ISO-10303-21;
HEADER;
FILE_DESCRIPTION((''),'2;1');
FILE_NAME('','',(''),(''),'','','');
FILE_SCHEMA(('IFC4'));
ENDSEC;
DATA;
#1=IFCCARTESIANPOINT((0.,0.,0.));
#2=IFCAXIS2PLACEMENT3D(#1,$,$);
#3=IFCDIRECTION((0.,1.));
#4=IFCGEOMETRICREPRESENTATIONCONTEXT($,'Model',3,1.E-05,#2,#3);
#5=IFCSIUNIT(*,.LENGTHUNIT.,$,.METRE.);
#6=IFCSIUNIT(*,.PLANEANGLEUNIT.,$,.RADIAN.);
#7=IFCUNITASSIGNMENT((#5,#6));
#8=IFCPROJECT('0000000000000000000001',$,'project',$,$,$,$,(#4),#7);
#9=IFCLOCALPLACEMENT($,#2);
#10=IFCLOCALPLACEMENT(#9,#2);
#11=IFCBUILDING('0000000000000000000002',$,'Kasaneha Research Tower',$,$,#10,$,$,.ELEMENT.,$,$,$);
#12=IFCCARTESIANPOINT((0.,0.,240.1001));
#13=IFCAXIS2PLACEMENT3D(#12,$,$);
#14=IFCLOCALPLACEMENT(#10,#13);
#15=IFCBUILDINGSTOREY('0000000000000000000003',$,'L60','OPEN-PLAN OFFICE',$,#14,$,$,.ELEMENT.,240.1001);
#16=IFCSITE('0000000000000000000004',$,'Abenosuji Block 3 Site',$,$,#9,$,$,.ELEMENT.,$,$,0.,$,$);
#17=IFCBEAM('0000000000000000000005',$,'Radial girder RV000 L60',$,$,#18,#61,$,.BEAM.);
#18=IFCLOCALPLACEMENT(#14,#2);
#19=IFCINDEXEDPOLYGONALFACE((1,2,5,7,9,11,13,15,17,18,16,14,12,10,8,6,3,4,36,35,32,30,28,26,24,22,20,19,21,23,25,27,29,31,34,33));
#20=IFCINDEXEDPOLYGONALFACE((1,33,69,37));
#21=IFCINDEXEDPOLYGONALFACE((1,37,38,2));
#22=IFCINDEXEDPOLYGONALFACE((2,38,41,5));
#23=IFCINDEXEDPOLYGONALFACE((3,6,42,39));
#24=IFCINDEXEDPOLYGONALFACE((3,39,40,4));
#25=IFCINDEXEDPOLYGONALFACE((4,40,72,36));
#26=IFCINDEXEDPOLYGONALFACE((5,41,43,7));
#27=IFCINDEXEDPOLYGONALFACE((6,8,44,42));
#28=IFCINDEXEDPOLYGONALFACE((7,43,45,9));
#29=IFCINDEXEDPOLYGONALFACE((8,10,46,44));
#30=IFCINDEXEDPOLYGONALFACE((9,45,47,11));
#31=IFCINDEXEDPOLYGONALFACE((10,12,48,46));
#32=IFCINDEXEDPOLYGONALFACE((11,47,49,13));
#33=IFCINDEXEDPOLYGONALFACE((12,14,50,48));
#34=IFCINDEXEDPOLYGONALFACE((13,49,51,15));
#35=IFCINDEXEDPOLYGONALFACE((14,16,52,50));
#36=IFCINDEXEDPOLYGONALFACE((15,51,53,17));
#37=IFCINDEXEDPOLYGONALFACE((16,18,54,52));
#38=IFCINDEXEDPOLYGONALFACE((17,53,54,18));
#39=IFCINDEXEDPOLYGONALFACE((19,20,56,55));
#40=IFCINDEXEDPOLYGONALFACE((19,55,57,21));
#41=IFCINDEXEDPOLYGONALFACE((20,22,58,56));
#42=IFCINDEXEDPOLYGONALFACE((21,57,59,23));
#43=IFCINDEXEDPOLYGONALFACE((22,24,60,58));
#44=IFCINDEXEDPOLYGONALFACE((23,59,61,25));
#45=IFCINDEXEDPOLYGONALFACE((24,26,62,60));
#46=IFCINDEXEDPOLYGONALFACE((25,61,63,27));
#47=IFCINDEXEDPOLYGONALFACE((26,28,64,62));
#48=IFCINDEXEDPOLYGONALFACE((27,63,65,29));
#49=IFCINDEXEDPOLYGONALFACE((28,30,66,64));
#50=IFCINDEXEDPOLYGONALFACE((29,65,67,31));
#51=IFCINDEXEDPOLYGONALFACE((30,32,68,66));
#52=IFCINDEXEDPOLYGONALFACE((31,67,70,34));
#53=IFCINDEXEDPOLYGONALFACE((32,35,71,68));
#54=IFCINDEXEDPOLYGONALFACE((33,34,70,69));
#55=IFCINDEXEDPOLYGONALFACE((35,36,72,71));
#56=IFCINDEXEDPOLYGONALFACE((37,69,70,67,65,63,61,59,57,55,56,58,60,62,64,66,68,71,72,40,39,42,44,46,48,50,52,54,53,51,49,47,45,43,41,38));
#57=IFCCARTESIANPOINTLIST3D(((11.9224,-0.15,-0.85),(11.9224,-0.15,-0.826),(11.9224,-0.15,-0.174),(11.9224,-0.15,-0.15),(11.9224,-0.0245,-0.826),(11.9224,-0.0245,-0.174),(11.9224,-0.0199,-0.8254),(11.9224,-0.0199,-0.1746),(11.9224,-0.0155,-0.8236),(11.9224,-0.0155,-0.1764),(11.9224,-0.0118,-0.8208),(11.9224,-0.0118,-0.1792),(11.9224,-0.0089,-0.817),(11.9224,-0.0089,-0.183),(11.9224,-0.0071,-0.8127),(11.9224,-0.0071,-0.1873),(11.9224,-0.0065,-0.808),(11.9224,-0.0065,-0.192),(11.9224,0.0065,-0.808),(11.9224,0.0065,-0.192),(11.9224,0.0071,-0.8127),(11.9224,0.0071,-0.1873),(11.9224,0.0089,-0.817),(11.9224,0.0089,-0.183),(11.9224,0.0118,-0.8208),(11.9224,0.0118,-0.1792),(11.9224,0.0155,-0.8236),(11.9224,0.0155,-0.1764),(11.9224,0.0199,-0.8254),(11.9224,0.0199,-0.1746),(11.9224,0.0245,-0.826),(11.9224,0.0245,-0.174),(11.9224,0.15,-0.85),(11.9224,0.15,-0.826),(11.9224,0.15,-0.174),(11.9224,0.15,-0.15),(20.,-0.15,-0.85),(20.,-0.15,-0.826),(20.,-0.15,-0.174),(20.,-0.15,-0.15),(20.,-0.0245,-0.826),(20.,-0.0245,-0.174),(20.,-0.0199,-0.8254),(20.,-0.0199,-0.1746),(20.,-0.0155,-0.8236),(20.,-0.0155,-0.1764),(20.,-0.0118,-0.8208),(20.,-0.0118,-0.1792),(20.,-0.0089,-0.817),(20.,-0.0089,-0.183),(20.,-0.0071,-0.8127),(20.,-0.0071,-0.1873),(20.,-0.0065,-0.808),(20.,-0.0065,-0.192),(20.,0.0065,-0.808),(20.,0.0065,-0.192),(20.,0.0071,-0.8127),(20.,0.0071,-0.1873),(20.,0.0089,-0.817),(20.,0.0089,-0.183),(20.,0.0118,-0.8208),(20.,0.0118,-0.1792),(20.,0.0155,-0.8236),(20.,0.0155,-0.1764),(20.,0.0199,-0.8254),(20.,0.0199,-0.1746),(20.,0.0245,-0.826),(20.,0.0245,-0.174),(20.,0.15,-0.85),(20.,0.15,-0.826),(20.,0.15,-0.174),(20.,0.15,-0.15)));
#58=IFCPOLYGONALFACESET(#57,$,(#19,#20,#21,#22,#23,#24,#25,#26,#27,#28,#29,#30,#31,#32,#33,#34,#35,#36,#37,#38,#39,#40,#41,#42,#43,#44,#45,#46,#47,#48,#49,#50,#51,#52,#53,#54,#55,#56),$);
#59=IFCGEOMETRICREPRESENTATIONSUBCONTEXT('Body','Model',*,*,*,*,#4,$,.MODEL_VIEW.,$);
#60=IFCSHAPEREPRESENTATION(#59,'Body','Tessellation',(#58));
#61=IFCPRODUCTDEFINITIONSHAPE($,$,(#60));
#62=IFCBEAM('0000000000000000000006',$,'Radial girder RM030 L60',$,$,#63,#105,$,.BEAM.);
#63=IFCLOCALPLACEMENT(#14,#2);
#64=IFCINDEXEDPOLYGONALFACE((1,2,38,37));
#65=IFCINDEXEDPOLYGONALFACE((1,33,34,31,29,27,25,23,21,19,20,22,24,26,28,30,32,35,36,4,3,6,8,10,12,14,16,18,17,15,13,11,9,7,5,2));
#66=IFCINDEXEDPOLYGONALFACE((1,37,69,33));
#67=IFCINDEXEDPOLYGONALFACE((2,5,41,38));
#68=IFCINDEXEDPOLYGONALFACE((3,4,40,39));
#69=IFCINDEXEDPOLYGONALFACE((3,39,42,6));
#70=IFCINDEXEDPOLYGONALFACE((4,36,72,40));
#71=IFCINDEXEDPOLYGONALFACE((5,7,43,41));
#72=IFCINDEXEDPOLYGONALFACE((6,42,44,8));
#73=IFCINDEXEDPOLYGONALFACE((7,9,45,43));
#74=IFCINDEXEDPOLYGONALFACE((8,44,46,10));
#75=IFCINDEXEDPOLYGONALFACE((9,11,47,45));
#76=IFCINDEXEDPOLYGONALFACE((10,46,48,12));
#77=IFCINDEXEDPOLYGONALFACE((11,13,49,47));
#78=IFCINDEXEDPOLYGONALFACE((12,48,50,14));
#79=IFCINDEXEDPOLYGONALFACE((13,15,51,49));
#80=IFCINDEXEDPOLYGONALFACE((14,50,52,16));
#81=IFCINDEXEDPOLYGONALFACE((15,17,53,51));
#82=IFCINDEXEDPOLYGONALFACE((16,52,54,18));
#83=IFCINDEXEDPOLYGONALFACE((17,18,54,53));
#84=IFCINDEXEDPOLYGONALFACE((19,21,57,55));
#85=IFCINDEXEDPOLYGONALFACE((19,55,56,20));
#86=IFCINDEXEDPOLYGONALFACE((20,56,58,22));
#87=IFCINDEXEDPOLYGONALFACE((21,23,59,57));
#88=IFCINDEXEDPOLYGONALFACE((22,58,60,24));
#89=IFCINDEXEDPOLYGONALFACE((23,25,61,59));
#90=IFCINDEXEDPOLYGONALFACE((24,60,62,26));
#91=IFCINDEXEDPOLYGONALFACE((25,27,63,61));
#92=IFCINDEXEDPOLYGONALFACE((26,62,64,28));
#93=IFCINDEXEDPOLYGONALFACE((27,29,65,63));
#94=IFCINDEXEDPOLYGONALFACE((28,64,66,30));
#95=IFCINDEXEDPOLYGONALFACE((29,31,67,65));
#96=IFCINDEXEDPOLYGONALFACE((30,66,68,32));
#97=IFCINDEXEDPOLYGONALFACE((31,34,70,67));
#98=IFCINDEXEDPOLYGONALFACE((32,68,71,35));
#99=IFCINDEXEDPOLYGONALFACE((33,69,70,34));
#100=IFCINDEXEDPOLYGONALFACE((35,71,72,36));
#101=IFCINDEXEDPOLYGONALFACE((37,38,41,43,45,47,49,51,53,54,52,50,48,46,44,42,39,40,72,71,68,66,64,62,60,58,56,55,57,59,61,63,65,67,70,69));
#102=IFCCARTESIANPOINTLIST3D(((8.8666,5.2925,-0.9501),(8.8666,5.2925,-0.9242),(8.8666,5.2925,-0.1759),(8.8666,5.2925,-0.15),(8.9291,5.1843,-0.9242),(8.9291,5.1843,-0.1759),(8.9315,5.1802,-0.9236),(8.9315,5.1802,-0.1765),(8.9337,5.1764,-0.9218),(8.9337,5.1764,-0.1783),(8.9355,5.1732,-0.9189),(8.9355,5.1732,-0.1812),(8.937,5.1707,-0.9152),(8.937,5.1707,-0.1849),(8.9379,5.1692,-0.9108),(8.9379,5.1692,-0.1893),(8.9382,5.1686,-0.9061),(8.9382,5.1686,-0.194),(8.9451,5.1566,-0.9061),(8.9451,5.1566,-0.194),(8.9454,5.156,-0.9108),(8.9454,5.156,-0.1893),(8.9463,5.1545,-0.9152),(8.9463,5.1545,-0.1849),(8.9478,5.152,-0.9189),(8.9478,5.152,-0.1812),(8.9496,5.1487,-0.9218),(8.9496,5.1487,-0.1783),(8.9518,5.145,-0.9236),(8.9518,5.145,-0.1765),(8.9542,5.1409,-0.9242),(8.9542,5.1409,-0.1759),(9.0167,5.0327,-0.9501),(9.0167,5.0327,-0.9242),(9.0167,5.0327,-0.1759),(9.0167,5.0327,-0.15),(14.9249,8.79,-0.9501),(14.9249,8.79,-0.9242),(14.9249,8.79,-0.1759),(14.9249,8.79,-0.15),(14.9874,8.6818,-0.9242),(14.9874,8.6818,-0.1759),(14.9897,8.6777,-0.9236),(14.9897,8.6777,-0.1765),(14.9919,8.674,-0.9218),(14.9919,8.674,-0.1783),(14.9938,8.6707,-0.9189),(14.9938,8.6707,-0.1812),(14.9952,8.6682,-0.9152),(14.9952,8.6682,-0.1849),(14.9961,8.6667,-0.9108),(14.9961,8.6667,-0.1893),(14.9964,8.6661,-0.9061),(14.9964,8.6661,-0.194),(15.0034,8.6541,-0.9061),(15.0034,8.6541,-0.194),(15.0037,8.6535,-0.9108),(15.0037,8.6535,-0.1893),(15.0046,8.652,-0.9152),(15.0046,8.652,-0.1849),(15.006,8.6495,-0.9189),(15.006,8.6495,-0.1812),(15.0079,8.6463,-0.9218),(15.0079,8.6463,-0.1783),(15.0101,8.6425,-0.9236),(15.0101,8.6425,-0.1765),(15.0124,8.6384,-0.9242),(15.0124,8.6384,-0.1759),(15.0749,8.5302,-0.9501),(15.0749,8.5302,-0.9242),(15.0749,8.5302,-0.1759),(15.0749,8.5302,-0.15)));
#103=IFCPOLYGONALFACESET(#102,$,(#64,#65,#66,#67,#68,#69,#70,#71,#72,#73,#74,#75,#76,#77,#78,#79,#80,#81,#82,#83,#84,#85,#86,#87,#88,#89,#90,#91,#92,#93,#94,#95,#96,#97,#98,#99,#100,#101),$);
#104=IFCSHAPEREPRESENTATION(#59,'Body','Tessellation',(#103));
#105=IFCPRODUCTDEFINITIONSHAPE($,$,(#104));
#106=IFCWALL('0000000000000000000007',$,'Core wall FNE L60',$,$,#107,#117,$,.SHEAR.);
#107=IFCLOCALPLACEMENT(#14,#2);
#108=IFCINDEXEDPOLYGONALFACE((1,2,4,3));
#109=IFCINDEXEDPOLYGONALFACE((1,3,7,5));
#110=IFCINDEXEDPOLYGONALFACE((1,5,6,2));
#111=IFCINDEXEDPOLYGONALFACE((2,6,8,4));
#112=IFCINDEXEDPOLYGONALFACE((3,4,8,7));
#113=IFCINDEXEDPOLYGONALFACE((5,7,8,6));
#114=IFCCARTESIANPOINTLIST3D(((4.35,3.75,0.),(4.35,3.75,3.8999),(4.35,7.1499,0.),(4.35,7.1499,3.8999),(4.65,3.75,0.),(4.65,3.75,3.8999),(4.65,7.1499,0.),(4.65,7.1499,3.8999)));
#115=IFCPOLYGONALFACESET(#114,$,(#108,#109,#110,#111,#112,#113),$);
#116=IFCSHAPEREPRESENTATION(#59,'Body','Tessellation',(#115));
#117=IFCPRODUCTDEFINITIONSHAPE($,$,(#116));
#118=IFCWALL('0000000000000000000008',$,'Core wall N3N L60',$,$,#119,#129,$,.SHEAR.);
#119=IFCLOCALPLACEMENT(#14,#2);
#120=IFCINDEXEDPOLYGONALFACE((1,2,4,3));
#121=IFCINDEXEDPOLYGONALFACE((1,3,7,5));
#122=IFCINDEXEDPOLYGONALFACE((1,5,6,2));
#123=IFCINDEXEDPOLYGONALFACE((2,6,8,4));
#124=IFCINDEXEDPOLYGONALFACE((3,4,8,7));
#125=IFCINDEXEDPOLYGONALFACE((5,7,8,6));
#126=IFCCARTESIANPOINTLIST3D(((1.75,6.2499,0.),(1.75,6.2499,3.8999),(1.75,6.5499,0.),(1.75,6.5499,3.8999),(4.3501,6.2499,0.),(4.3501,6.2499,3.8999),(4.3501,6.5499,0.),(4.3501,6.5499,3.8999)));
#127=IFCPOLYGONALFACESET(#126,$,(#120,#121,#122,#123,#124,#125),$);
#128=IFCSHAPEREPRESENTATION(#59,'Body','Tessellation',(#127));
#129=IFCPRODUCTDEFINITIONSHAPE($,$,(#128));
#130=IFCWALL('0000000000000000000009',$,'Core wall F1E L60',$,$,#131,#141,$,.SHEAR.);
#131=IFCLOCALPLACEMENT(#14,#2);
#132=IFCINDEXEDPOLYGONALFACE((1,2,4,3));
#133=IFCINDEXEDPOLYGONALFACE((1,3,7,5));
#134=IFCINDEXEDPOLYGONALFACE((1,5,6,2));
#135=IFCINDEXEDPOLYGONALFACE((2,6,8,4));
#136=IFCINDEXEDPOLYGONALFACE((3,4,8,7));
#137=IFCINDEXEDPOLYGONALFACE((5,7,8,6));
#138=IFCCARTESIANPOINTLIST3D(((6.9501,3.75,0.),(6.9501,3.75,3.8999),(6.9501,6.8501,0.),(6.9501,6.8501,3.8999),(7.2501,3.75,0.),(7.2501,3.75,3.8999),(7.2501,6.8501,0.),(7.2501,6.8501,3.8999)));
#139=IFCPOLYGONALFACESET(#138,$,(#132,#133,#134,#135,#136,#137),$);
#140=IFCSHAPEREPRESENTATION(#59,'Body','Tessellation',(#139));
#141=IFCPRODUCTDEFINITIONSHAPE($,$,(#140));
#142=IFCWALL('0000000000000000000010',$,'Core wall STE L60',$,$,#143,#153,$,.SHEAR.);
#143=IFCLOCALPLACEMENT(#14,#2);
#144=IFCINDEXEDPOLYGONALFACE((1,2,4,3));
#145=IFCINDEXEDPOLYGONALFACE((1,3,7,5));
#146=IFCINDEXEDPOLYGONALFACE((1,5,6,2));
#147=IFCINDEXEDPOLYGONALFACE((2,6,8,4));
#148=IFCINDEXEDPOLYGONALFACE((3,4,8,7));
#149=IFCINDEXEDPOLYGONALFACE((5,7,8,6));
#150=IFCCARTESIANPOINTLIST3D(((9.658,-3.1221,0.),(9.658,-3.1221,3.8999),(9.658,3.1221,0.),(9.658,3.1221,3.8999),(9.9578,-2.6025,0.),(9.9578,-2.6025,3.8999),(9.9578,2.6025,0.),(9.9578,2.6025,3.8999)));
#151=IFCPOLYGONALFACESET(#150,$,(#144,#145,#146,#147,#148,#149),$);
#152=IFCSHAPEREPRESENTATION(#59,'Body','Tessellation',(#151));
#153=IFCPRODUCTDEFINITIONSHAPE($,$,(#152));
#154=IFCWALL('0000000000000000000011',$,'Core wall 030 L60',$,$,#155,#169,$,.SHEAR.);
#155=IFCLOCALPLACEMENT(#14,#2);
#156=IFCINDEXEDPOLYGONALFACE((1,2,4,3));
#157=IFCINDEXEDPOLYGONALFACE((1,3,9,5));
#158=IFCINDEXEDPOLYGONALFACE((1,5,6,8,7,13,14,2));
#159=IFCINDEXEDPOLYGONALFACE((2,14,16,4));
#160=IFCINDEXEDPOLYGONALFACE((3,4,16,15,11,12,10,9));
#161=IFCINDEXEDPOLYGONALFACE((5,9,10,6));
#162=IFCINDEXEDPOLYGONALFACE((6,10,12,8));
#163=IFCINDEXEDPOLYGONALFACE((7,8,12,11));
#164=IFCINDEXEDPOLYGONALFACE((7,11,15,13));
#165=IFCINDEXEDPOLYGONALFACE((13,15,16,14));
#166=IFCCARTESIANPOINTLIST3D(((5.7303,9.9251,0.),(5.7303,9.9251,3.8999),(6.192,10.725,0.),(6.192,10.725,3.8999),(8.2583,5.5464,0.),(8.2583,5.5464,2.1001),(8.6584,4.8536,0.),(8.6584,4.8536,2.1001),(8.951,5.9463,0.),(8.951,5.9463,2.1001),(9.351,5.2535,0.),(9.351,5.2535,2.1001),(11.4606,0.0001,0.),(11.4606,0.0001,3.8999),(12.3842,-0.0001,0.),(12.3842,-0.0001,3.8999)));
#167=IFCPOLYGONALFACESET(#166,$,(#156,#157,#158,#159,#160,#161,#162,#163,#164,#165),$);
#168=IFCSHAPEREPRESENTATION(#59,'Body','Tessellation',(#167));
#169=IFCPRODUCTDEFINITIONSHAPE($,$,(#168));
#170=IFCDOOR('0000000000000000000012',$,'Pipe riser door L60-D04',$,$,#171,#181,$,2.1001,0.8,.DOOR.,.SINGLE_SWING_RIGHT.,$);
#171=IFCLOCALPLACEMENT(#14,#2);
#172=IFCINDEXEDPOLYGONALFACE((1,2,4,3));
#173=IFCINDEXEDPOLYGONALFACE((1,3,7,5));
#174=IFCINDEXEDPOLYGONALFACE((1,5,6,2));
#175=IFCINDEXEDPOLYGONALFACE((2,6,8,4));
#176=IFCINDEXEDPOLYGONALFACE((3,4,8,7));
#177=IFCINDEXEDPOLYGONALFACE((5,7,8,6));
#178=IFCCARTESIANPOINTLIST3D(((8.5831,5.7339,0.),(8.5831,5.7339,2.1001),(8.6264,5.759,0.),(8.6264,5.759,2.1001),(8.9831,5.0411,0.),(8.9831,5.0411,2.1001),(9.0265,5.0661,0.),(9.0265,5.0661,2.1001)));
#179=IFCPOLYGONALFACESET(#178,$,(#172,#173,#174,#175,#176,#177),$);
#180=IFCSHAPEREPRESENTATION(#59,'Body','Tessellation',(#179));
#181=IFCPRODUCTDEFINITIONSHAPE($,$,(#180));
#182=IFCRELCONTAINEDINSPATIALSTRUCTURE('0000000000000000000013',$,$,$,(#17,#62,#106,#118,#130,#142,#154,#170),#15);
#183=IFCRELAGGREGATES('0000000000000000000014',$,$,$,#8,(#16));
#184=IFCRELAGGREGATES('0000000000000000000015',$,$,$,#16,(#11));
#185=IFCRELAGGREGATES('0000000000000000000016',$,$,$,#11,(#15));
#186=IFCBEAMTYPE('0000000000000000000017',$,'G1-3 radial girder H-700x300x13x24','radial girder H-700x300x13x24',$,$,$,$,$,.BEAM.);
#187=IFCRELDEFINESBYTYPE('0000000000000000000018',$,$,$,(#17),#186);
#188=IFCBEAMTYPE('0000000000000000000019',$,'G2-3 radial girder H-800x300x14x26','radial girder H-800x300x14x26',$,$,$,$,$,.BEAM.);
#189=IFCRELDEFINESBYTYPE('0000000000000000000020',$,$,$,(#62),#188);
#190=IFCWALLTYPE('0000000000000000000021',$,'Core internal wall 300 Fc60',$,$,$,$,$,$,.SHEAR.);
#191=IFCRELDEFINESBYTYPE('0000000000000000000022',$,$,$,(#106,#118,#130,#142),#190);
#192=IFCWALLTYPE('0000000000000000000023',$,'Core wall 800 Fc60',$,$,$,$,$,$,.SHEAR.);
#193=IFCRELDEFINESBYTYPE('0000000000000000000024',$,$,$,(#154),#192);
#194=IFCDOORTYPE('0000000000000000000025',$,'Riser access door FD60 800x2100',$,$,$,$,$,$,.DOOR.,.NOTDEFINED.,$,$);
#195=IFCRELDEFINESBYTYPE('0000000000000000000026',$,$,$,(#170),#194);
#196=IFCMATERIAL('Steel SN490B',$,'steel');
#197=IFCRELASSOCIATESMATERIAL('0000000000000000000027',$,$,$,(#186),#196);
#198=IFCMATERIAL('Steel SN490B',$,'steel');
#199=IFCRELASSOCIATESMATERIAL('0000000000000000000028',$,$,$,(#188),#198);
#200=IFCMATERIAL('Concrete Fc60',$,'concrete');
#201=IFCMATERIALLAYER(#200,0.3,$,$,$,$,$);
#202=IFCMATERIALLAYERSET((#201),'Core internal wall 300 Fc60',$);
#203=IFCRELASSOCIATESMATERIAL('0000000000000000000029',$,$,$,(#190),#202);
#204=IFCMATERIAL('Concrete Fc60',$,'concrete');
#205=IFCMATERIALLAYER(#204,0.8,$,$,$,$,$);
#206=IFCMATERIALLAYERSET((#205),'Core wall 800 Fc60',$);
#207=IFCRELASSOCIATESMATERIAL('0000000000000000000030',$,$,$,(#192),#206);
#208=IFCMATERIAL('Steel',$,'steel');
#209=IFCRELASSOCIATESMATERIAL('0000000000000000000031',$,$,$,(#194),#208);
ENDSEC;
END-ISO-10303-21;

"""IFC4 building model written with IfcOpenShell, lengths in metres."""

from ifc_helpers import new_model, si_unit, direction, frame, frame_2d, origin, origin_2d, place, context, subcontext, project, spatial, polyline, rectangle, i_section, outline, extrude, material, layer, layer_set, material_profile, profile_set, type_object, element, fill, save


model = new_model("IFC4")

# Units and contexts
model_context = context("Model", 3, precision=1e-05, world=origin(), true_north=direction((0.0, 1.0)))
body_context = subcontext(model_context, "Body", "Model", "MODEL_VIEW")
ifc_project = project(units=[si_unit("LENGTHUNIT", "METRE"), si_unit("PLANEANGLEUNIT", "RADIAN")], contexts=[model_context])

# Site, building, storey
site_placement = place(None, origin())
site = spatial("IfcSite", under=ifc_project, at=site_placement, Name="Abenosuji Block 3 Site", CompositionType="ELEMENT", RefElevation=0.0)
building_placement = place(site_placement, origin())
building = spatial("IfcBuilding", under=site, at=building_placement, Name="Kasaneha Research Tower", CompositionType="ELEMENT")
storey_placement = place(building_placement, frame((0.0, 0.0, 240.1001)))
storey = spatial("IfcBuildingStorey", under=building, at=storey_placement, Name="L60", Description="OPEN-PLAN OFFICE", CompositionType="ELEMENT", Elevation=240.1001)

# Beams
ifc_material_1 = material(Name="Steel SN490B", Category="steel")
ifc_material_profile_1 = material_profile(ifc_material_1, i_section(OverallWidth=0.3, OverallDepth=0.7, WebThickness=0.0129, FlangeThickness=0.0239, FilletRadius=0.0181, at=origin_2d()), Name="H-700x300x13x24")
ifc_profile_set_1 = profile_set([ifc_material_profile_1], Name="Steel SN490B")
beam_type_1 = type_object("IfcBeamType", Name="G1-3 radial girder H-700x300x13x24", Description="radial girder H-700x300x13x24", PredefinedType="BEAM", material=ifc_profile_set_1)
beam_1_placement = place(storey_placement, frame((11.9224, 0.0, -0.5), z_axis=(1.0, 0.0, 0.0), x_axis=(0.0, 1.0, 0.0)))
element("IfcBeam", 1, at=beam_1_placement, inside=storey, type_object=beam_type_1, Name="Radial girder RV000 L60", PredefinedType="BEAM", context=body_context, shape_type="SweptSolid", body=[
    extrude(i_section(OverallWidth=0.3, OverallDepth=0.7, WebThickness=0.0129, FlangeThickness=0.0239, FilletRadius=0.0181, at=origin_2d()), origin(), (0.0, 0.0, 1.0), 8.0776),
])
ifc_material_2 = material(Name="Steel SN490B", Category="steel")
ifc_material_profile_2 = material_profile(ifc_material_2, i_section(OverallWidth=0.3, OverallDepth=0.8, WebThickness=0.0139, FlangeThickness=0.0259, FilletRadius=0.0181, at=origin_2d()), Name="H-800x300x14x26")
ifc_profile_set_2 = profile_set([ifc_material_profile_2], Name="Steel SN490B")
beam_type_2 = type_object("IfcBeamType", Name="G2-3 radial girder H-800x300x14x26", Description="radial girder H-800x300x14x26", PredefinedType="BEAM", material=ifc_profile_set_2)
beam_2_placement = place(storey_placement, frame((8.9417, 5.1626, -0.55), z_axis=(0.86604, 0.499975, 0.0), x_axis=(-0.499975, 0.86604, 0.0)))
element("IfcBeam", 2, at=beam_2_placement, inside=storey, type_object=beam_type_2, Name="Radial girder RM030 L60", PredefinedType="BEAM", context=body_context, shape_type="SweptSolid", body=[
    extrude(i_section(OverallWidth=0.3, OverallDepth=0.8, WebThickness=0.0139, FlangeThickness=0.0259, FilletRadius=0.0181, at=origin_2d()), origin(), (0.0, 0.0, 1.0), 6.9954),
])

# Walls
ifc_material_3 = material(Name="Concrete Fc60", Category="concrete")
ifc_layer_1 = layer(ifc_material_3, 0.3)
ifc_layer_set_1 = layer_set([ifc_layer_1], Name="Core internal wall 300 Fc60")
wall_type_1 = type_object("IfcWallType", Name="Core internal wall 300 Fc60", PredefinedType="SHEAR", material=ifc_layer_set_1)
wall_1_placement = place(storey_placement, frame((4.5, 3.75, 0.0), z_axis=(0.0, 0.0, 1.0), x_axis=(0.0, 1.0, 0.0)))
element("IfcWall", 3, at=wall_1_placement, inside=storey, type_object=wall_type_1, Name="Core wall FNE L60", PredefinedType="SHEAR", context=body_context, shape_type="SweptSolid", body=[
    extrude(rectangle(XDim=3.3999, YDim=0.3, at=frame_2d((1.7, 0.0))), origin(), (0.0, 0.0, 1.0), 3.8999),
])
wall_2_placement = place(storey_placement, frame((1.75, 6.3999, 0.0), z_axis=(0.0, 0.0, 1.0), x_axis=(1.0, 0.0, 0.0)))
element("IfcWall", 4, at=wall_2_placement, inside=storey, type_object=wall_type_1, Name="Core wall N3N L60", PredefinedType="SHEAR", context=body_context, shape_type="SweptSolid", body=[
    extrude(rectangle(XDim=2.6001, YDim=0.3, at=frame_2d((1.3, 0.0))), origin(), (0.0, 0.0, 1.0), 3.8999),
])
wall_3_placement = place(storey_placement, frame((7.1001, 3.75, 0.0), z_axis=(0.0, 0.0, 1.0), x_axis=(0.0, 1.0, 0.0)))
element("IfcWall", 5, at=wall_3_placement, inside=storey, type_object=wall_type_1, Name="Core wall F1E L60", PredefinedType="SHEAR", context=body_context, shape_type="SweptSolid", body=[
    extrude(rectangle(XDim=3.1001, YDim=0.3, at=frame_2d((1.55, 0.0))), origin(), (0.0, 0.0, 1.0), 3.8999),
])
wall_4_placement = place(storey_placement, frame((9.8079, -2.8623, 0.0), z_axis=(0.0, 0.0, 1.0), x_axis=(0.0, 1.0, 0.0)))
element("IfcWall", 6, at=wall_4_placement, inside=storey, type_object=wall_type_1, Name="Core wall STE L60", PredefinedType="SHEAR", context=body_context, shape_type="SweptSolid", body=[
    extrude(outline(polyline([(0.2598, -0.1499), (5.4648, -0.1499), (5.9844, 0.1499), (-0.2598, 0.1499), (0.2598, -0.1499)])), origin(), (0.0, 0.0, 1.0), 3.8999),
])

# Wall, opening, door
ifc_material_4 = material(Name="Concrete Fc60", Category="concrete")
ifc_layer_2 = layer(ifc_material_4, 0.8)
ifc_layer_set_2 = layer_set([ifc_layer_2], Name="Core wall 800 Fc60")
wall_type_2 = type_object("IfcWallType", Name="Core wall 800 Fc60", PredefinedType="SHEAR", material=ifc_layer_set_2)
wall_5_placement = place(storey_placement, frame((11.9224, 0.0, 0.0), z_axis=(0.0, 0.0, 1.0), x_axis=(-0.500004, 0.866023, 0.0)))
wall_5 = element("IfcWall", 7, at=wall_5_placement, inside=storey, type_object=wall_type_2, Name="Core wall 030 L60", PredefinedType="SHEAR", context=body_context, shape_type="SweptSolid", body=[
    extrude(outline(polyline([(-0.231, -0.3999), (5.8354, -0.3999), (6.6355, -0.3999), (12.1533, -0.3999), (11.6914, 0.3999), (6.6355, 0.3999), (5.8354, 0.3999), (0.231, 0.3999), (-0.231, -0.3999)])), origin(), (0.0, 0.0, 1.0), 3.8999),
])
opening_placement = place(wall_5_placement, frame((5.8354, 0.0, 0.0)))
opening = element("IfcOpeningElement", 8, at=opening_placement, cuts=wall_5, PredefinedType="OPENING", context=body_context, shape_type="SweptSolid", body=[
    extrude(rectangle(XDim=0.8, YDim=2.1001, at=frame_2d((0.3999, 1.05))), frame((0.0, 0.4102, 0.0), z_axis=(0.0, -1.0, 0.0), x_axis=(1.0, 0.0, 0.0)), (0.0, 0.0, 1.0), 0.8201),
])
ifc_material_5 = material(Name="Steel", Category="steel")
door_type = type_object("IfcDoorType", Name="Riser access door FD60 800x2100", OperationType="NOTDEFINED", PredefinedType="DOOR", material=ifc_material_5)
door_placement = place(opening_placement, origin())
door = element("IfcDoor", 9, at=door_placement, inside=storey, type_object=door_type, Name="Pipe riser door L60-D04", OperationType="SINGLE_SWING_RIGHT", OverallHeight=2.1001, OverallWidth=0.8, PredefinedType="DOOR", context=body_context, shape_type="SweptSolid", body=[
    extrude(rectangle(XDim=0.8, YDim=2.1001, at=frame_2d((0.3999, 1.05))), frame((0.0, 0.0249, 0.0), z_axis=(0.0, -1.0, 0.0), x_axis=(1.0, 0.0, 0.0)), (0.0, 0.0, 1.0), 0.05),
])
fill(opening, door)

save(model, "model.ifc")
